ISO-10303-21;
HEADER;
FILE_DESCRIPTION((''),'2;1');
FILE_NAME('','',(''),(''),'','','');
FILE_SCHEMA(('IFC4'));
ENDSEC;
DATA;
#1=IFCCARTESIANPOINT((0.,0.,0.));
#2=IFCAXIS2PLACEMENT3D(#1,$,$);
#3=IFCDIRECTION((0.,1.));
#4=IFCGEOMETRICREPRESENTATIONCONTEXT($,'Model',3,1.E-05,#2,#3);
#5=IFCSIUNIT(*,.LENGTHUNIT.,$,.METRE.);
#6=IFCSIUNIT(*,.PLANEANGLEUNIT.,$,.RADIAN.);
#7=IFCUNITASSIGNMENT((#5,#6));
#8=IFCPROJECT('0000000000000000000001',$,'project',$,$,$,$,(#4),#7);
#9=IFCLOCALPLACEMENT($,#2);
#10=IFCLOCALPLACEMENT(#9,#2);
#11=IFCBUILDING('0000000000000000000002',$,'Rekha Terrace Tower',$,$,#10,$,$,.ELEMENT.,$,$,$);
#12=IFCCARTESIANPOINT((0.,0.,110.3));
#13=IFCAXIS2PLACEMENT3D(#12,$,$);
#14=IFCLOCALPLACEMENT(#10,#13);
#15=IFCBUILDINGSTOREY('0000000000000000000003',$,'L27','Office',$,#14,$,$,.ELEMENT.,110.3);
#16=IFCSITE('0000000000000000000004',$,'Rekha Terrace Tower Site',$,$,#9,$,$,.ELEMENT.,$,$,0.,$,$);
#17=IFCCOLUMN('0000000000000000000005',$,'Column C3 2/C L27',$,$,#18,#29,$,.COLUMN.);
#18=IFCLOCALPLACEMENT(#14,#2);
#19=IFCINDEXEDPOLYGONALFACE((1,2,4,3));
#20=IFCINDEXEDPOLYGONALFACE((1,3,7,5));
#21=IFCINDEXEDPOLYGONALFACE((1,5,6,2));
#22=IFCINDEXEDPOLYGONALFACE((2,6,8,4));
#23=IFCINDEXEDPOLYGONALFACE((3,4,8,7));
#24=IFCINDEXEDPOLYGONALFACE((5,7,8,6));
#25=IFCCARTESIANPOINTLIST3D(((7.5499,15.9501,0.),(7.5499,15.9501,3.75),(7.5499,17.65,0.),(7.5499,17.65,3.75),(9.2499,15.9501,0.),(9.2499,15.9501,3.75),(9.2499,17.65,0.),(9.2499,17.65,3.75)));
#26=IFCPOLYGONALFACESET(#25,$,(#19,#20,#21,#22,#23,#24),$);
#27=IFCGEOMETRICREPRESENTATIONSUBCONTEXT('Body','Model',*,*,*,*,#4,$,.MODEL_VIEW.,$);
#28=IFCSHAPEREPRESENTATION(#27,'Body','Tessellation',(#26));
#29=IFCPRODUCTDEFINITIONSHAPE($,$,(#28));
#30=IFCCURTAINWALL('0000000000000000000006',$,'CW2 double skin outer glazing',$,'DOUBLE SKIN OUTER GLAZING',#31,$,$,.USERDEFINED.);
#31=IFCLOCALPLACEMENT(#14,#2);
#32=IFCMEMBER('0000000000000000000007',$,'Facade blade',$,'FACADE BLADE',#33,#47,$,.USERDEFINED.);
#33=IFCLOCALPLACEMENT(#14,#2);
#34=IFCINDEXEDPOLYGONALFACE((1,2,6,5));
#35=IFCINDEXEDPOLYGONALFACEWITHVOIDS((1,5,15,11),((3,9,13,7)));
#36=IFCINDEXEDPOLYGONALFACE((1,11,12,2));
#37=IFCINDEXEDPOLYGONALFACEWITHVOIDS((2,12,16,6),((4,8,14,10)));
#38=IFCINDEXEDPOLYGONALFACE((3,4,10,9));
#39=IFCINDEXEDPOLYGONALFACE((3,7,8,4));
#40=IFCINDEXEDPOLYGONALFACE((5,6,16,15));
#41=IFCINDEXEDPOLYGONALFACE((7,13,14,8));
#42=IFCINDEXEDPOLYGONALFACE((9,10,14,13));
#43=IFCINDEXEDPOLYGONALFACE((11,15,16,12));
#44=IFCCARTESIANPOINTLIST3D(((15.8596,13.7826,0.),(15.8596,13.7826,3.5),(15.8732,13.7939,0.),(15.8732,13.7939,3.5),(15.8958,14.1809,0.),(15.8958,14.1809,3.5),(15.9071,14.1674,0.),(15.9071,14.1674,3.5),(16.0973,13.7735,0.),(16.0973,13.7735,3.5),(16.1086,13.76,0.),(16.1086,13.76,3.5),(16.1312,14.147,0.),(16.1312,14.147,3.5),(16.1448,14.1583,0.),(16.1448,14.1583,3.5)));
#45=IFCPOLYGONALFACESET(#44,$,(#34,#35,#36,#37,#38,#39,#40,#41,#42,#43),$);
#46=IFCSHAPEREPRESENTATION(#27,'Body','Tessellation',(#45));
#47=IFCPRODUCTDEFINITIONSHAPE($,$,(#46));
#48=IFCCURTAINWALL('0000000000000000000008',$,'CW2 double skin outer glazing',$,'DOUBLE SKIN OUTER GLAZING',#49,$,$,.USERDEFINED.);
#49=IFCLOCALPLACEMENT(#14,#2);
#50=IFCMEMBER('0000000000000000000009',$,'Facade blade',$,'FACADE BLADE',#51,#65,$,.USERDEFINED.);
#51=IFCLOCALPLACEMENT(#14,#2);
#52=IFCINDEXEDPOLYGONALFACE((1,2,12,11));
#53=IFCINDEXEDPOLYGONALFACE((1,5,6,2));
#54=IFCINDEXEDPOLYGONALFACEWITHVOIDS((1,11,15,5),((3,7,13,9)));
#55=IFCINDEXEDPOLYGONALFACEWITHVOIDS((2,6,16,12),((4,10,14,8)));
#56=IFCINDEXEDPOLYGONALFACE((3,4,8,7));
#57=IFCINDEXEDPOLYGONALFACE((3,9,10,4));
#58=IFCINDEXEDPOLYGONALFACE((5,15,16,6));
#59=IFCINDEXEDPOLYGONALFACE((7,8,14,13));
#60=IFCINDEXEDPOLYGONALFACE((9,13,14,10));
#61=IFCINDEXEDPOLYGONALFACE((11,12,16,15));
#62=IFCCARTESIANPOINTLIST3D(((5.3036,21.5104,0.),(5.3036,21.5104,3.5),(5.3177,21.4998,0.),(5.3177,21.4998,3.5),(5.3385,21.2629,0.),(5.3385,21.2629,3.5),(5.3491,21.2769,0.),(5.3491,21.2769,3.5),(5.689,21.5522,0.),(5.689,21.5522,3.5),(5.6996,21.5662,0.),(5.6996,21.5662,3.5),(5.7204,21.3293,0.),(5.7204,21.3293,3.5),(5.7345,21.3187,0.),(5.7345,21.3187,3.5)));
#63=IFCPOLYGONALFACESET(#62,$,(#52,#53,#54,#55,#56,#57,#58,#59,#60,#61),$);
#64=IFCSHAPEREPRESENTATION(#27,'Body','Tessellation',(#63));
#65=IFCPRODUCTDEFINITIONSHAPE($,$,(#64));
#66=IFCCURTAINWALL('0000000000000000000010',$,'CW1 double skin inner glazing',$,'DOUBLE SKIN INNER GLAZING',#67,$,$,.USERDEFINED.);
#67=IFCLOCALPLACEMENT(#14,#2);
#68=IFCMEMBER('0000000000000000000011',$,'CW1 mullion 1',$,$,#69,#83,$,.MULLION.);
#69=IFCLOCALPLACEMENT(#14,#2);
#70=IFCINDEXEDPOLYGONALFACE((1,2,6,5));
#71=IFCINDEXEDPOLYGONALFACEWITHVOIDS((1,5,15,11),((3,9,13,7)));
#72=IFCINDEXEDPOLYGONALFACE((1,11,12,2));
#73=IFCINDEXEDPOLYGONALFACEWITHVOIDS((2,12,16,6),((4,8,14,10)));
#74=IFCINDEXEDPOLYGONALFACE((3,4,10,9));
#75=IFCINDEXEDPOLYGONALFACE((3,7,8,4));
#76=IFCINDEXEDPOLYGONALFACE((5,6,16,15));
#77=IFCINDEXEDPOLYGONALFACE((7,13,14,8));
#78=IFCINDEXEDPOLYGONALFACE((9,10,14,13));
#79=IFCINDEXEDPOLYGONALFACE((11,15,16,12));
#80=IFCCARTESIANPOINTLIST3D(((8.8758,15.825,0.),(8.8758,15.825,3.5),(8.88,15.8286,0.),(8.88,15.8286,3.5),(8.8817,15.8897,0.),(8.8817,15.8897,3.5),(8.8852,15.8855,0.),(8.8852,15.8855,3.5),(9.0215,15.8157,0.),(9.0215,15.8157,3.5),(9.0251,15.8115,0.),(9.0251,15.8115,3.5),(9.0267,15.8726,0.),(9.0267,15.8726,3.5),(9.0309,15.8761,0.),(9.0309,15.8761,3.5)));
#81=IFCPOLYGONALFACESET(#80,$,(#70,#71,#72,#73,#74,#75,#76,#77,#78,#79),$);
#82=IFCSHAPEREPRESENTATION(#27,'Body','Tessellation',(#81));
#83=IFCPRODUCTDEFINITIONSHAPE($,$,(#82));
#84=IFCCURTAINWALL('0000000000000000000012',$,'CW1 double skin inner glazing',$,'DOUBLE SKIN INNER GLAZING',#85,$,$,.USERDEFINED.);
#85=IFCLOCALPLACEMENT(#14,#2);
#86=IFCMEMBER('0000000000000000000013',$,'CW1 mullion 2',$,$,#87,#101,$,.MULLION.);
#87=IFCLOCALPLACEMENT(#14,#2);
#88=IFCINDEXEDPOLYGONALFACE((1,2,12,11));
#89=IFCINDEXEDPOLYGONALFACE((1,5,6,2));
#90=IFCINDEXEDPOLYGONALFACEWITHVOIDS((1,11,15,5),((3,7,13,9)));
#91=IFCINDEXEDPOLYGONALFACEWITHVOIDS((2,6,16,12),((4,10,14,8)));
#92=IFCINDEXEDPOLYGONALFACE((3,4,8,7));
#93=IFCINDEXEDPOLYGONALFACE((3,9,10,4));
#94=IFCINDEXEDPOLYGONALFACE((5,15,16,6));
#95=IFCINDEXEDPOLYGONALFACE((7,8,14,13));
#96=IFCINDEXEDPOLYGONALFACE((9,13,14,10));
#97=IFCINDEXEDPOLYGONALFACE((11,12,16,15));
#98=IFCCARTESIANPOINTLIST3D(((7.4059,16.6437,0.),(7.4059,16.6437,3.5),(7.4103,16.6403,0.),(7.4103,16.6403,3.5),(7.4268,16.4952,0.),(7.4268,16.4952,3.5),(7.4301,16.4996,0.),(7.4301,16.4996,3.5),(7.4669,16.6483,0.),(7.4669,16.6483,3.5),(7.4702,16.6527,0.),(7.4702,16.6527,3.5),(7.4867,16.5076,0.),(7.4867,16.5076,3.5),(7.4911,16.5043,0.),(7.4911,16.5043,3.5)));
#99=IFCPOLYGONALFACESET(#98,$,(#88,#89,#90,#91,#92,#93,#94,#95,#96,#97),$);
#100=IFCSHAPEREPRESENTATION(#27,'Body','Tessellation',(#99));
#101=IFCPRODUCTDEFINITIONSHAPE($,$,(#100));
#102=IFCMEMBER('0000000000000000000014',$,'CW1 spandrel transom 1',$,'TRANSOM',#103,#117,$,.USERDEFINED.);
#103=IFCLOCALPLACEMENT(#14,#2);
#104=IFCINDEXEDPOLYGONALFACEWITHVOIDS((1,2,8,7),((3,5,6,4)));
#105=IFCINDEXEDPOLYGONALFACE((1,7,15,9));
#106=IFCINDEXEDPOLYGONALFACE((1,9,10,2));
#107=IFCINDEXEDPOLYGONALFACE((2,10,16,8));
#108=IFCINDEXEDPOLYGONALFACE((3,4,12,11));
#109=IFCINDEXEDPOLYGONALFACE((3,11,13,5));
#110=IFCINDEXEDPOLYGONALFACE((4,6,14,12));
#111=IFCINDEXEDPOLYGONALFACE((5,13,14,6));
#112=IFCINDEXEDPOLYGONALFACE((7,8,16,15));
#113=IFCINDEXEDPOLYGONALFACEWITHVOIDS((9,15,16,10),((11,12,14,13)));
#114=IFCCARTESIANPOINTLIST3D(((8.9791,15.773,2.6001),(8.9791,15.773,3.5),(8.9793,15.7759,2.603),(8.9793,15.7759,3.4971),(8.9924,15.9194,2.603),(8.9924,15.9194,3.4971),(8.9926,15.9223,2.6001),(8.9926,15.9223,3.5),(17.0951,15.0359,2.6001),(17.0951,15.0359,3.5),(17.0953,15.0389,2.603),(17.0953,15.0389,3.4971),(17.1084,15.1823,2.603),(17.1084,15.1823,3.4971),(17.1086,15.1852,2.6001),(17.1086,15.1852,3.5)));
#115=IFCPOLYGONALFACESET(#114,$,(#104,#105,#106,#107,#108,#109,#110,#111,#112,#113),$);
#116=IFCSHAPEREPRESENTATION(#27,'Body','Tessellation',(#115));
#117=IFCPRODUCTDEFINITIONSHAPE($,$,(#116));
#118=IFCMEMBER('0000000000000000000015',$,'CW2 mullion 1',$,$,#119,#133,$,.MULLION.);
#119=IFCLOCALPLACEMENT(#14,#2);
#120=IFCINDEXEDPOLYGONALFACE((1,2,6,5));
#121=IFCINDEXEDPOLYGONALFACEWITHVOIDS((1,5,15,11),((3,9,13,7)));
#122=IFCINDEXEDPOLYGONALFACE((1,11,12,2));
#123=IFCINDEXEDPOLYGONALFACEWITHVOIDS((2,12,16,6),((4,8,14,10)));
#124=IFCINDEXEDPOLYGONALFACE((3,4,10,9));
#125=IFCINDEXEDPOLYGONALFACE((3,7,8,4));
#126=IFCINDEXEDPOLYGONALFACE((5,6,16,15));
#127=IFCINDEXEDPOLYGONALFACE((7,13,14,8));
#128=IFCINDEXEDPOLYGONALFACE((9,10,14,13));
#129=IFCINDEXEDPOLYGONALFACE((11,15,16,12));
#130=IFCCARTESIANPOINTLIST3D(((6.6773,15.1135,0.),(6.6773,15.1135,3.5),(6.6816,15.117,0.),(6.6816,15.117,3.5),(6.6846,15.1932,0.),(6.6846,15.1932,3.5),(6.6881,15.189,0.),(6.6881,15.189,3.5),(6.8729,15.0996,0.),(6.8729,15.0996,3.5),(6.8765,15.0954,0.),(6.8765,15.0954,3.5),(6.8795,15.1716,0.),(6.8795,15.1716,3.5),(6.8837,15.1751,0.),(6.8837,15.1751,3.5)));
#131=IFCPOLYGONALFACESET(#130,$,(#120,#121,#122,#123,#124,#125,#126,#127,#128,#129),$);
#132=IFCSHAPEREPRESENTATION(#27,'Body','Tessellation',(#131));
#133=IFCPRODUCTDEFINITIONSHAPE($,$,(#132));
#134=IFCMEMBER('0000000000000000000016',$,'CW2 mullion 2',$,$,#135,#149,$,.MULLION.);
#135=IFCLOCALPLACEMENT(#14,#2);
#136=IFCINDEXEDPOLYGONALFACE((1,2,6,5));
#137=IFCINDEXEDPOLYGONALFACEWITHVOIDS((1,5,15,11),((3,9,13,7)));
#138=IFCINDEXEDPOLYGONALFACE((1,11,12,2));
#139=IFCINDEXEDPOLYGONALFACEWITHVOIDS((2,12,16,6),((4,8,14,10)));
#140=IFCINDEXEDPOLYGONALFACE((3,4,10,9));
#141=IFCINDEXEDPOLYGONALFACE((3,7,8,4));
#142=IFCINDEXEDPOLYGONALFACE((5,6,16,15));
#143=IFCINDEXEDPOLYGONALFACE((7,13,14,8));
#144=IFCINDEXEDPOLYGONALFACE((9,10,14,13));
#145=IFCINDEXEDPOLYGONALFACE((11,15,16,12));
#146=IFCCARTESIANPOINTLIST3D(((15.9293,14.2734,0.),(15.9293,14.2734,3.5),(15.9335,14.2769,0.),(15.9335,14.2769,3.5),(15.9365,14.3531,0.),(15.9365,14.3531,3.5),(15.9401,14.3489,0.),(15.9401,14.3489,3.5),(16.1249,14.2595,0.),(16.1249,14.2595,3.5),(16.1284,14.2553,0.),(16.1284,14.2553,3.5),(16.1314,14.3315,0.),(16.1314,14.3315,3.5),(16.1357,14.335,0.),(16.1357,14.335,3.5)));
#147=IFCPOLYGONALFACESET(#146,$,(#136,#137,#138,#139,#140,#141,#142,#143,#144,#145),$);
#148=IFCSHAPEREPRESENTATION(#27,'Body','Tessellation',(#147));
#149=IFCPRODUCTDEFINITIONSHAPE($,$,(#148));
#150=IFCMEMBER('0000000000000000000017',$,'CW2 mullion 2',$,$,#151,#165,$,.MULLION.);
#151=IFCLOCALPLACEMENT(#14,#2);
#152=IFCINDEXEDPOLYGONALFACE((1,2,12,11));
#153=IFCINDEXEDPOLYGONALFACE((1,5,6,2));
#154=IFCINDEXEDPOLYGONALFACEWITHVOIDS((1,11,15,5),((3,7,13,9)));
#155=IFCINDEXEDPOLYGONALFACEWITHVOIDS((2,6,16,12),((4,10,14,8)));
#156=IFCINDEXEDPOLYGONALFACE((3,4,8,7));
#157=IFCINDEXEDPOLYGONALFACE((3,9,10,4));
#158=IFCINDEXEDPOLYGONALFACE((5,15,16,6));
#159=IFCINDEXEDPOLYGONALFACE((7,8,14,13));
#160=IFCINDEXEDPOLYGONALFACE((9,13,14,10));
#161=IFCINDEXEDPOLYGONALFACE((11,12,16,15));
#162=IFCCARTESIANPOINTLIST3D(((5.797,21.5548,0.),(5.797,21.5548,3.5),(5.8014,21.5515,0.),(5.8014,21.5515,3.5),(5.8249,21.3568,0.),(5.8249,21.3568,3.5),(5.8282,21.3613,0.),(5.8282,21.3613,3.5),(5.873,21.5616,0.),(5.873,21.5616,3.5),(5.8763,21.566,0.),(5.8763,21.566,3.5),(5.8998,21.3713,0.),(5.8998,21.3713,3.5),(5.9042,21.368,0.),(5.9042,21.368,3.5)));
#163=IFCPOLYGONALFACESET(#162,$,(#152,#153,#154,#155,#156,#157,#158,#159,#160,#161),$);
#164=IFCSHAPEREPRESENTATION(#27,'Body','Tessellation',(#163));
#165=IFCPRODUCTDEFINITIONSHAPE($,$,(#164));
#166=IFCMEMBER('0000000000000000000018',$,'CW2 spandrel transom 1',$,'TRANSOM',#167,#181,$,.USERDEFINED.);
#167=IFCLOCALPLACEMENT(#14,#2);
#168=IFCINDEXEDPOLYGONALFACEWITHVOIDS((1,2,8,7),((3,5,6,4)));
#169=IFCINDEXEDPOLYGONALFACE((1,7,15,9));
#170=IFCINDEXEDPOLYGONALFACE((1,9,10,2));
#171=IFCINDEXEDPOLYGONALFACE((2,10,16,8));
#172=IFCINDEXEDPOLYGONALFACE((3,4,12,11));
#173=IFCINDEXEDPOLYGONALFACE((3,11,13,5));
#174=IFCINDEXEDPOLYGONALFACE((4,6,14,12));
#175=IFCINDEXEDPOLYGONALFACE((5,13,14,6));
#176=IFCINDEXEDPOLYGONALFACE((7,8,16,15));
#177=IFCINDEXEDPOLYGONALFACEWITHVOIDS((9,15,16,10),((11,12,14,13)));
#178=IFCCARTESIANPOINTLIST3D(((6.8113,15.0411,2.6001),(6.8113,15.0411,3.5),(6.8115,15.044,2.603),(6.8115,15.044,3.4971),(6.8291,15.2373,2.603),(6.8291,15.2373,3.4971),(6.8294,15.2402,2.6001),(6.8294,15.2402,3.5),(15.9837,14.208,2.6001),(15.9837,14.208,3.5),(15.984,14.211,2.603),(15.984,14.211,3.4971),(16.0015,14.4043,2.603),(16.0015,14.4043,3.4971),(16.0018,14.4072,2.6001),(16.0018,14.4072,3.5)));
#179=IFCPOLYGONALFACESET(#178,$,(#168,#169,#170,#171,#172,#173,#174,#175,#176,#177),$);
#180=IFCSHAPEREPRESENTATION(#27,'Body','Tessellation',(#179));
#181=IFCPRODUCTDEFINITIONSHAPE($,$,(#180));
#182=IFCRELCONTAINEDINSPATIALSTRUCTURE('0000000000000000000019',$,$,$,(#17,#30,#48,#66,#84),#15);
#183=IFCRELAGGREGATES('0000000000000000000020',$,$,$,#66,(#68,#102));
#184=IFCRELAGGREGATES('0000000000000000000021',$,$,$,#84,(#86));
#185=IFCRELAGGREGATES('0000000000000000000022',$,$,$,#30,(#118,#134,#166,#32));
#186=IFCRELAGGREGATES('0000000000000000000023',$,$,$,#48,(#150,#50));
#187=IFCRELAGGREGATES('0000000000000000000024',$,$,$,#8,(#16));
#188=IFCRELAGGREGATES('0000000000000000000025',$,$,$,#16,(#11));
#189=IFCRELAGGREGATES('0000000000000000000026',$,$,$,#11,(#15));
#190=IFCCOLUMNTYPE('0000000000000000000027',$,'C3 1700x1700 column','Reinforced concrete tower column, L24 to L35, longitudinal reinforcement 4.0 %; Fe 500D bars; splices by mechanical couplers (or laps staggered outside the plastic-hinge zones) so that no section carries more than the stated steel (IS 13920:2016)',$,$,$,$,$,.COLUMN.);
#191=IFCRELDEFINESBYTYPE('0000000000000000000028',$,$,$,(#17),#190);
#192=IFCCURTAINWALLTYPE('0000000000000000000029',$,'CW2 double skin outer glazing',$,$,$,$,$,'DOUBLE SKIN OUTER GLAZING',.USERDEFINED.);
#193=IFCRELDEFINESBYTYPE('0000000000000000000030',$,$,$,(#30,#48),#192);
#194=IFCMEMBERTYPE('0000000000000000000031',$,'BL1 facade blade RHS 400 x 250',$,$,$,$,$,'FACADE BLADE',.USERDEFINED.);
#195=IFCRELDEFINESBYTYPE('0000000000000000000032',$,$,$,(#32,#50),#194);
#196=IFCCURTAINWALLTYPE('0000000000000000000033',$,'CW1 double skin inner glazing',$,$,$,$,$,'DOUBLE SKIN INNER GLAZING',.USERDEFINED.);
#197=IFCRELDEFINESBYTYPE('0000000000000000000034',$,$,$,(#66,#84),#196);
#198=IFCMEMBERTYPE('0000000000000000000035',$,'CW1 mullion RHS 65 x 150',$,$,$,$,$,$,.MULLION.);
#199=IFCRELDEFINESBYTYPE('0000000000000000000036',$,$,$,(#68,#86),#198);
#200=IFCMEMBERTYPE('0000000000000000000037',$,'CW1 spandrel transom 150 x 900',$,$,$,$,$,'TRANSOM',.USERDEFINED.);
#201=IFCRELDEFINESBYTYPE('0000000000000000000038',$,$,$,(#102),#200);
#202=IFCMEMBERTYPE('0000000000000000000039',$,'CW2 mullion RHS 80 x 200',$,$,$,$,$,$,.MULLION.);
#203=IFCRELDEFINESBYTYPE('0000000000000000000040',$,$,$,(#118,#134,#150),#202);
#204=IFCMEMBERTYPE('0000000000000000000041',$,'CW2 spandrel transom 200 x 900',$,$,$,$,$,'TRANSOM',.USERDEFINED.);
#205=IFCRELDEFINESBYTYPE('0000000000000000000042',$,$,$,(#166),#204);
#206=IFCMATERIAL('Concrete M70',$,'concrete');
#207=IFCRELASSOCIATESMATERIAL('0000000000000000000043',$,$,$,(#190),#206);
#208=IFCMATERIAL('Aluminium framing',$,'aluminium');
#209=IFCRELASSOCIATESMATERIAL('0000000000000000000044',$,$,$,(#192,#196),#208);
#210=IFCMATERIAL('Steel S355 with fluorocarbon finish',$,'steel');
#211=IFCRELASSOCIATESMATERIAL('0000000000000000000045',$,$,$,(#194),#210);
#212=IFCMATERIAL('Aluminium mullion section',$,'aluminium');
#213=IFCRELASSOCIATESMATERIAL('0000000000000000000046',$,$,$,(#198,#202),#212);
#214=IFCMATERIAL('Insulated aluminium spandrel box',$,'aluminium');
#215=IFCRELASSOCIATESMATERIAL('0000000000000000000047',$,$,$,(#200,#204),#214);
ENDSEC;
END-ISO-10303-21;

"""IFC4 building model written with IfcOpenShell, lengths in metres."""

from ifc_helpers import new_model, si_unit, direction, frame, origin, origin_2d, place, context, subcontext, project, spatial, rectangle, hollow_rectangle, extrude, material, material_profile, profile_set, type_object, element, aggregate, save


model = new_model("IFC4")

# Units and contexts
model_context = context("Model", 3, precision=1e-05, world=origin(), true_north=direction((0.0, 1.0)))
body_context = subcontext(model_context, "Body", "Model", "MODEL_VIEW")
ifc_project = project(units=[si_unit("LENGTHUNIT", "METRE"), si_unit("PLANEANGLEUNIT", "RADIAN")], contexts=[model_context])

# Site, building, storey
site_placement = place(None, origin())
site = spatial("IfcSite", under=ifc_project, at=site_placement, Name="Rekha Terrace Tower Site", CompositionType="ELEMENT", RefElevation=0.0)
building_placement = place(site_placement, origin())
building = spatial("IfcBuilding", under=site, at=building_placement, Name="Rekha Terrace Tower", CompositionType="ELEMENT")
storey_placement = place(building_placement, frame((0.0, 0.0, 110.3)))
storey = spatial("IfcBuildingStorey", under=building, at=storey_placement, Name="L27", Description="Office", CompositionType="ELEMENT", Elevation=110.3)

# Column
ifc_material_1 = material(Name="Concrete M70", Category="concrete")
ifc_material_profile_1 = material_profile(ifc_material_1, rectangle(XDim=1.7, YDim=1.7, at=origin_2d()), Name="RC 1700x1700")
ifc_profile_set_1 = profile_set([ifc_material_profile_1], Name="Concrete M70")
column_type = type_object("IfcColumnType", Name="C3 1700x1700 column", Description="Reinforced concrete tower column, L24 to L35, longitudinal reinforcement 4.0 %; Fe 500D bars; splices by mechanical couplers (or laps staggered outside the plastic-hinge zones) so that no section carries more than the stated steel (IS 13920:2016)", PredefinedType="COLUMN", material=ifc_profile_set_1)
column_placement = place(storey_placement, frame((8.3999, 16.8, 0.0), z_axis=(0.0, 0.0, 1.0), x_axis=(1.0, 0.0, 0.0)))
element("IfcColumn", 1, at=column_placement, inside=storey, type_object=column_type, Name="Column C3 2/C L27", PredefinedType="COLUMN", context=body_context, shape_type="SweptSolid", body=[
    extrude(rectangle(XDim=1.7, YDim=1.7, at=origin_2d()), origin(), (0.0, 0.0, 1.0), 3.75),
])

# Curtain walls, members
ifc_material_2 = material(Name="Aluminium framing", Category="aluminium")
curtain_wall_type_1 = type_object("IfcCurtainWallType", Name="CW2 double skin outer glazing", ElementType="DOUBLE SKIN OUTER GLAZING", PredefinedType="USERDEFINED", material=ifc_material_2)
curtain_wall_1_placement = place(storey_placement, origin())
curtain_wall_1 = element("IfcCurtainWall", 2, at=curtain_wall_1_placement, inside=storey, type_object=curtain_wall_type_1, Name="CW2 double skin outer glazing", ObjectType="DOUBLE SKIN OUTER GLAZING", PredefinedType="USERDEFINED")
ifc_material_3 = material(Name="Steel S355 with fluorocarbon finish", Category="steel")
ifc_material_profile_2 = material_profile(ifc_material_3, hollow_rectangle(XDim=0.25, YDim=0.3999, WallThickness=0.0125, at=origin_2d()), Name="RHS400x250x12.5")
ifc_profile_set_2 = profile_set([ifc_material_profile_2], Name="Steel S355 with fluorocarbon finish")
member_type_1 = type_object("IfcMemberType", Name="BL1 facade blade RHS 400 x 250", ElementType="FACADE BLADE", PredefinedType="USERDEFINED", material=ifc_profile_set_2)
member_1_placement = place(storey_placement, frame((16.0022, 13.9705, 0.0), z_axis=(0.0, 0.0, 1.0), x_axis=(0.995902, -0.09044, 0.0)))
member_1 = element("IfcMember", 3, at=member_1_placement, type_object=member_type_1, Name="Facade blade", ObjectType="FACADE BLADE", PredefinedType="USERDEFINED", context=body_context, shape_type="SweptSolid", body=[
    extrude(hollow_rectangle(XDim=0.25, YDim=0.3999, WallThickness=0.0125, at=origin_2d()), origin(), (0.0, 0.0, 1.0), 3.5),
])
curtain_wall_2_placement = place(storey_placement, origin())
curtain_wall_2 = element("IfcCurtainWall", 4, at=curtain_wall_2_placement, inside=storey, type_object=curtain_wall_type_1, Name="CW2 double skin outer glazing", ObjectType="DOUBLE SKIN OUTER GLAZING", PredefinedType="USERDEFINED")
member_2_placement = place(storey_placement, frame((5.519, 21.4146, 0.0), z_axis=(0.0, 0.0, 1.0), x_axis=(0.139597, -0.990208, 0.0)))
member_2 = element("IfcMember", 5, at=member_2_placement, type_object=member_type_1, Name="Facade blade", ObjectType="FACADE BLADE", PredefinedType="USERDEFINED", context=body_context, shape_type="SweptSolid", body=[
    extrude(hollow_rectangle(XDim=0.25, YDim=0.3999, WallThickness=0.0125, at=origin_2d()), origin(), (0.0, 0.0, 1.0), 3.5),
])
curtain_wall_type_2 = type_object("IfcCurtainWallType", Name="CW1 double skin inner glazing", ElementType="DOUBLE SKIN INNER GLAZING", PredefinedType="USERDEFINED", material=ifc_material_2)
curtain_wall_3_placement = place(storey_placement, origin())
curtain_wall_3 = element("IfcCurtainWall", 6, at=curtain_wall_3_placement, inside=storey, type_object=curtain_wall_type_2, Name="CW1 double skin inner glazing", ObjectType="DOUBLE SKIN INNER GLAZING", PredefinedType="USERDEFINED")
ifc_material_4 = material(Name="Aluminium mullion section", Category="aluminium")
ifc_material_profile_3 = material_profile(ifc_material_4, hollow_rectangle(XDim=0.0649, YDim=0.1499, WallThickness=0.0039, at=origin_2d()), Name="AL RHS 65x150")
ifc_profile_set_3 = profile_set([ifc_material_profile_3], Name="Aluminium mullion section")
member_type_2 = type_object("IfcMemberType", Name="CW1 mullion RHS 65 x 150", PredefinedType="MULLION", material=ifc_profile_set_3)
member_3_placement = place(storey_placement, frame((8.9534, 15.8506, 0.0), z_axis=(0.0, 0.0, 1.0), x_axis=(0.09044, 0.995902, 0.0)))
member_3 = element("IfcMember", 7, at=member_3_placement, type_object=member_type_2, Name="CW1 mullion 1", PredefinedType="MULLION", context=body_context, shape_type="SweptSolid", body=[
    extrude(hollow_rectangle(XDim=0.0649, YDim=0.1499, WallThickness=0.0039, at=origin_2d()), origin(), (0.0, 0.0, 1.0), 3.5),
])
curtain_wall_4_placement = place(storey_placement, origin())
curtain_wall_4 = element("IfcCurtainWall", 8, at=curtain_wall_4_placement, inside=storey, type_object=curtain_wall_type_2, Name="CW1 double skin inner glazing", ObjectType="DOUBLE SKIN INNER GLAZING", PredefinedType="USERDEFINED")
member_4_placement = place(storey_placement, frame((7.4485, 16.574, 0.0), z_axis=(0.0, 0.0, 1.0), x_axis=(0.990208, 0.139597, 0.0)))
member_4 = element("IfcMember", 9, at=member_4_placement, type_object=member_type_2, Name="CW1 mullion 2", PredefinedType="MULLION", context=body_context, shape_type="SweptSolid", body=[
    extrude(hollow_rectangle(XDim=0.0649, YDim=0.1499, WallThickness=0.0039, at=origin_2d()), origin(), (0.0, 0.0, 1.0), 3.5),
])

# Members
ifc_material_5 = material(Name="Insulated aluminium spandrel box", Category="aluminium")
ifc_material_profile_4 = material_profile(ifc_material_5, hollow_rectangle(XDim=0.1499, YDim=0.8999, WallThickness=0.0029, at=origin_2d()), Name="AL SPANDREL BOX 150x900")
ifc_profile_set_4 = profile_set([ifc_material_profile_4], Name="Insulated aluminium spandrel box")
member_type_3 = type_object("IfcMemberType", Name="CW1 spandrel transom 150 x 900", ElementType="TRANSOM", PredefinedType="USERDEFINED", material=ifc_profile_set_4)
member_5_placement = place(storey_placement, frame((8.9858, 15.8477, 3.05), z_axis=(0.995902, -0.090444, 0.0), x_axis=(0.090444, 0.995902, 0.0)))
member_5 = element("IfcMember", 10, at=member_5_placement, type_object=member_type_3, Name="CW1 spandrel transom 1", ObjectType="TRANSOM", PredefinedType="USERDEFINED", context=body_context, shape_type="SweptSolid", body=[
    extrude(hollow_rectangle(XDim=0.1499, YDim=0.8999, WallThickness=0.0029, at=origin_2d()), origin(), (0.0, 0.0, 1.0), 8.1494),
])
ifc_material_profile_5 = material_profile(ifc_material_4, hollow_rectangle(XDim=0.0801, YDim=0.2, WallThickness=0.0039, at=origin_2d()), Name="AL RHS 80x200")
ifc_profile_set_5 = profile_set([ifc_material_profile_5], Name="Aluminium mullion section")
member_type_4 = type_object("IfcMemberType", Name="CW2 mullion RHS 80 x 200", PredefinedType="MULLION", material=ifc_profile_set_5)
member_6_placement = place(storey_placement, frame((6.7805, 15.1443, 0.0), z_axis=(0.0, 0.0, 1.0), x_axis=(0.09044, 0.995902, 0.0)))
member_6 = element("IfcMember", 11, at=member_6_placement, type_object=member_type_4, Name="CW2 mullion 1", PredefinedType="MULLION", context=body_context, shape_type="SweptSolid", body=[
    extrude(hollow_rectangle(XDim=0.0801, YDim=0.2, WallThickness=0.0039, at=origin_2d()), origin(), (0.0, 0.0, 1.0), 3.5),
])
member_7_placement = place(storey_placement, frame((16.0325, 14.3042, 0.0), z_axis=(0.0, 0.0, 1.0), x_axis=(0.09044, 0.995902, 0.0)))
member_7 = element("IfcMember", 12, at=member_7_placement, type_object=member_type_4, Name="CW2 mullion 2", PredefinedType="MULLION", context=body_context, shape_type="SweptSolid", body=[
    extrude(hollow_rectangle(XDim=0.0801, YDim=0.2, WallThickness=0.0039, at=origin_2d()), origin(), (0.0, 0.0, 1.0), 3.5),
])
member_8_placement = place(storey_placement, frame((5.8506, 21.4614, 0.0), z_axis=(0.0, 0.0, 1.0), x_axis=(0.990208, 0.139597, 0.0)))
member_8 = element("IfcMember", 13, at=member_8_placement, type_object=member_type_4, Name="CW2 mullion 2", PredefinedType="MULLION", context=body_context, shape_type="SweptSolid", body=[
    extrude(hollow_rectangle(XDim=0.0801, YDim=0.2, WallThickness=0.0039, at=origin_2d()), origin(), (0.0, 0.0, 1.0), 3.5),
])
ifc_material_profile_6 = material_profile(ifc_material_5, hollow_rectangle(XDim=0.2, YDim=0.8999, WallThickness=0.0029, at=origin_2d()), Name="AL SPANDREL BOX 200x900")
ifc_profile_set_6 = profile_set([ifc_material_profile_6], Name="Insulated aluminium spandrel box")
member_type_5 = type_object("IfcMemberType", Name="CW2 spandrel transom 200 x 900", ElementType="TRANSOM", PredefinedType="USERDEFINED", material=ifc_profile_set_6)
member_9_placement = place(storey_placement, frame((6.8203, 15.1406, 3.05), z_axis=(0.995901, -0.090445, 0.0), x_axis=(0.090445, 0.995901, 0.0)))
member_9 = element("IfcMember", 14, at=member_9_placement, type_object=member_type_5, Name="CW2 spandrel transom 1", ObjectType="TRANSOM", PredefinedType="USERDEFINED", context=body_context, shape_type="SweptSolid", body=[
    extrude(hollow_rectangle(XDim=0.2, YDim=0.8999, WallThickness=0.0029, at=origin_2d()), origin(), (0.0, 0.0, 1.0), 9.2102),
])

aggregate(curtain_wall_3, [member_3, member_5])
aggregate(curtain_wall_4, [member_4])
aggregate(curtain_wall_1, [member_6, member_7, member_9, member_1])
aggregate(curtain_wall_2, [member_8, member_2])

save(model, "model.ifc")
